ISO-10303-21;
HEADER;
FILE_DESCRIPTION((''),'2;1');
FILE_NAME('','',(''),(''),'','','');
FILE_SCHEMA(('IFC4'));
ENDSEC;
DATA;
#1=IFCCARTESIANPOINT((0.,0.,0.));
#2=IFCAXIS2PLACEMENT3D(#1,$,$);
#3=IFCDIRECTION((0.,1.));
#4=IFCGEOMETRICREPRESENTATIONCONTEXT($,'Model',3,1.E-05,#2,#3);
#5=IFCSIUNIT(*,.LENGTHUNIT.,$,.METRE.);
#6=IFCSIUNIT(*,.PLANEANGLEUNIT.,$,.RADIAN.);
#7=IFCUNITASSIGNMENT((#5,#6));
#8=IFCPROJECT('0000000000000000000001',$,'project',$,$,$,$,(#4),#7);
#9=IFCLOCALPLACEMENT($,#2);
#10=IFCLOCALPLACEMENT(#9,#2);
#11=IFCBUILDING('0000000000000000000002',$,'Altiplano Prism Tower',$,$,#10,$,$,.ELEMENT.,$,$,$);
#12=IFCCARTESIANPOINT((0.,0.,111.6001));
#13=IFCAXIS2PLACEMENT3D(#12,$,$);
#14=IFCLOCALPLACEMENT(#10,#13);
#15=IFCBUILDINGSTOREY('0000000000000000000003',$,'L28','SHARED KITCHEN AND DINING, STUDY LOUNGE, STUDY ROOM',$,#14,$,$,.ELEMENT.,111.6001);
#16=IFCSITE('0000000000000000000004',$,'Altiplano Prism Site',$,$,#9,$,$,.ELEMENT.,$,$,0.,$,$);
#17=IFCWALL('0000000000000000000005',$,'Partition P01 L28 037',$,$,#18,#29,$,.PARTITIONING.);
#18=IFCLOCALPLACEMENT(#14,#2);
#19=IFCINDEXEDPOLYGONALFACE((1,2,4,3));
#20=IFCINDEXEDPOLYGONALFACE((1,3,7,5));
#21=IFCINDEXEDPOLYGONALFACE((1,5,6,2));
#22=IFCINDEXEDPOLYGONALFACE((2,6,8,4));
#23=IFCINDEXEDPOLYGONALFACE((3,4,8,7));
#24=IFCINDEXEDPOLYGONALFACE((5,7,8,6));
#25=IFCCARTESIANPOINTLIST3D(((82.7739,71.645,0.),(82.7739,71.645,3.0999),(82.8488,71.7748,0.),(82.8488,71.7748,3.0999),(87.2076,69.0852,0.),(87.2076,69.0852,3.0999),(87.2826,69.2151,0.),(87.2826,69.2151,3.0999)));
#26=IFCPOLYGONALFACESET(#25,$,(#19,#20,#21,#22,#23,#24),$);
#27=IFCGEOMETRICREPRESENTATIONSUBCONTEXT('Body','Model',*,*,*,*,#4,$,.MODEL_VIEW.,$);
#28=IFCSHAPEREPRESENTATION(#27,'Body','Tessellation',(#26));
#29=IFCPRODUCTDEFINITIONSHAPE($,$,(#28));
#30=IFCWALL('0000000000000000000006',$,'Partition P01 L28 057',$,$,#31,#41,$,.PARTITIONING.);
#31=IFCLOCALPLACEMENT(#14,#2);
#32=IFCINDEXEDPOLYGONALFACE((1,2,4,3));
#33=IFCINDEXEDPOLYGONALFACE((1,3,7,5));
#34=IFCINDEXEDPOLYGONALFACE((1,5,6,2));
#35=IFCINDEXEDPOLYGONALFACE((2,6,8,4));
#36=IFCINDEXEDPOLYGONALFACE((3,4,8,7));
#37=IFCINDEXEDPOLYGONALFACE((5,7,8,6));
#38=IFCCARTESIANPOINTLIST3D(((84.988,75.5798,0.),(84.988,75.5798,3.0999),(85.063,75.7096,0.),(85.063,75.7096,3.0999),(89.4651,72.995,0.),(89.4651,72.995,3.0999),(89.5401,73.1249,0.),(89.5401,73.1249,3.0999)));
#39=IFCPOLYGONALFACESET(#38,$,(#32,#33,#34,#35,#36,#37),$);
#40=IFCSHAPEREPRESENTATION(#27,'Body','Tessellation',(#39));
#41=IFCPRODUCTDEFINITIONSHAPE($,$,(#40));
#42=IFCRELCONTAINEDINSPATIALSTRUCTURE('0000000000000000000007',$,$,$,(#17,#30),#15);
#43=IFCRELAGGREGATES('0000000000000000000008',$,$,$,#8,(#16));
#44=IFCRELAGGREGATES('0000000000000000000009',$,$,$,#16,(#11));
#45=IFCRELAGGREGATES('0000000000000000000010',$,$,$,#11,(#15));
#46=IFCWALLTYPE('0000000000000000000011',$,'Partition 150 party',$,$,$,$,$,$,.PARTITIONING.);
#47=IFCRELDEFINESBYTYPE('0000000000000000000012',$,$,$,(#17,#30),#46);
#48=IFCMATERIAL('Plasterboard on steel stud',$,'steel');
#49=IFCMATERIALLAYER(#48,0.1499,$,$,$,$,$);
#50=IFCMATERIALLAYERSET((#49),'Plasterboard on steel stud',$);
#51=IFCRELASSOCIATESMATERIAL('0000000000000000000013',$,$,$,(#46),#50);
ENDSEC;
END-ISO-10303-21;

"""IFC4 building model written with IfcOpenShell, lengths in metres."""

from ifc_helpers import new_model, si_unit, direction, frame, frame_2d, origin, place, context, subcontext, project, spatial, rectangle, extrude, material, layer, layer_set, type_object, element, save


model = new_model("IFC4")

# Units and contexts
model_context = context("Model", 3, precision=1e-05, world=origin(), true_north=direction((0.0, 1.0)))
body_context = subcontext(model_context, "Body", "Model", "MODEL_VIEW")
ifc_project = project(units=[si_unit("LENGTHUNIT", "METRE"), si_unit("PLANEANGLEUNIT", "RADIAN")], contexts=[model_context])

# Site, building, storey
site_placement = place(None, origin())
site = spatial("IfcSite", under=ifc_project, at=site_placement, Name="Altiplano Prism Site", CompositionType="ELEMENT", RefElevation=0.0)
building_placement = place(site_placement, origin())
building = spatial("IfcBuilding", under=site, at=building_placement, Name="Altiplano Prism Tower", CompositionType="ELEMENT")
storey_placement = place(building_placement, frame((0.0, 0.0, 111.6001)))
storey = spatial("IfcBuildingStorey", under=building, at=storey_placement, Name="L28", Description="SHARED KITCHEN AND DINING, STUDY LOUNGE, STUDY ROOM", CompositionType="ELEMENT", Elevation=111.6001)

# Walls
ifc_material_1 = material(Name="Plasterboard on steel stud", Category="steel")
ifc_layer_1 = layer(ifc_material_1, 0.1499)
ifc_layer_set_1 = layer_set([ifc_layer_1], Name="Plasterboard on steel stud")
wall_type_1 = type_object("IfcWallType", Name="Partition 150 party", PredefinedType="PARTITIONING", material=ifc_layer_set_1)
wall_1_placement = place(storey_placement, frame((87.2451, 69.1501, 0.0), z_axis=(0.0, 0.0, 1.0), x_axis=(-0.866031, 0.499991, 0.0)))
element("IfcWall", 1, at=wall_1_placement, inside=storey, type_object=wall_type_1, Name="Partition P01 L28 037", PredefinedType="PARTITIONING", context=body_context, shape_type="SweptSolid", body=[
    extrude(rectangle(XDim=5.1196, YDim=0.1499, at=frame_2d((2.5598, 0.0))), origin(), (0.0, 0.0, 1.0), 3.0999),
])
wall_2_placement = place(storey_placement, frame((85.0254, 75.6448, 0.0), z_axis=(0.0, 0.0, 1.0), x_axis=(0.866035, -0.499984, 0.0)))
element("IfcWall", 2, at=wall_2_placement, inside=storey, type_object=wall_type_1, Name="Partition P01 L28 057", PredefinedType="PARTITIONING", context=body_context, shape_type="SweptSolid", body=[
    extrude(rectangle(XDim=5.1697, YDim=0.1499, at=frame_2d((2.585, 0.0))), origin(), (0.0, 0.0, 1.0), 3.0999),
])

save(model, "model.ifc")
